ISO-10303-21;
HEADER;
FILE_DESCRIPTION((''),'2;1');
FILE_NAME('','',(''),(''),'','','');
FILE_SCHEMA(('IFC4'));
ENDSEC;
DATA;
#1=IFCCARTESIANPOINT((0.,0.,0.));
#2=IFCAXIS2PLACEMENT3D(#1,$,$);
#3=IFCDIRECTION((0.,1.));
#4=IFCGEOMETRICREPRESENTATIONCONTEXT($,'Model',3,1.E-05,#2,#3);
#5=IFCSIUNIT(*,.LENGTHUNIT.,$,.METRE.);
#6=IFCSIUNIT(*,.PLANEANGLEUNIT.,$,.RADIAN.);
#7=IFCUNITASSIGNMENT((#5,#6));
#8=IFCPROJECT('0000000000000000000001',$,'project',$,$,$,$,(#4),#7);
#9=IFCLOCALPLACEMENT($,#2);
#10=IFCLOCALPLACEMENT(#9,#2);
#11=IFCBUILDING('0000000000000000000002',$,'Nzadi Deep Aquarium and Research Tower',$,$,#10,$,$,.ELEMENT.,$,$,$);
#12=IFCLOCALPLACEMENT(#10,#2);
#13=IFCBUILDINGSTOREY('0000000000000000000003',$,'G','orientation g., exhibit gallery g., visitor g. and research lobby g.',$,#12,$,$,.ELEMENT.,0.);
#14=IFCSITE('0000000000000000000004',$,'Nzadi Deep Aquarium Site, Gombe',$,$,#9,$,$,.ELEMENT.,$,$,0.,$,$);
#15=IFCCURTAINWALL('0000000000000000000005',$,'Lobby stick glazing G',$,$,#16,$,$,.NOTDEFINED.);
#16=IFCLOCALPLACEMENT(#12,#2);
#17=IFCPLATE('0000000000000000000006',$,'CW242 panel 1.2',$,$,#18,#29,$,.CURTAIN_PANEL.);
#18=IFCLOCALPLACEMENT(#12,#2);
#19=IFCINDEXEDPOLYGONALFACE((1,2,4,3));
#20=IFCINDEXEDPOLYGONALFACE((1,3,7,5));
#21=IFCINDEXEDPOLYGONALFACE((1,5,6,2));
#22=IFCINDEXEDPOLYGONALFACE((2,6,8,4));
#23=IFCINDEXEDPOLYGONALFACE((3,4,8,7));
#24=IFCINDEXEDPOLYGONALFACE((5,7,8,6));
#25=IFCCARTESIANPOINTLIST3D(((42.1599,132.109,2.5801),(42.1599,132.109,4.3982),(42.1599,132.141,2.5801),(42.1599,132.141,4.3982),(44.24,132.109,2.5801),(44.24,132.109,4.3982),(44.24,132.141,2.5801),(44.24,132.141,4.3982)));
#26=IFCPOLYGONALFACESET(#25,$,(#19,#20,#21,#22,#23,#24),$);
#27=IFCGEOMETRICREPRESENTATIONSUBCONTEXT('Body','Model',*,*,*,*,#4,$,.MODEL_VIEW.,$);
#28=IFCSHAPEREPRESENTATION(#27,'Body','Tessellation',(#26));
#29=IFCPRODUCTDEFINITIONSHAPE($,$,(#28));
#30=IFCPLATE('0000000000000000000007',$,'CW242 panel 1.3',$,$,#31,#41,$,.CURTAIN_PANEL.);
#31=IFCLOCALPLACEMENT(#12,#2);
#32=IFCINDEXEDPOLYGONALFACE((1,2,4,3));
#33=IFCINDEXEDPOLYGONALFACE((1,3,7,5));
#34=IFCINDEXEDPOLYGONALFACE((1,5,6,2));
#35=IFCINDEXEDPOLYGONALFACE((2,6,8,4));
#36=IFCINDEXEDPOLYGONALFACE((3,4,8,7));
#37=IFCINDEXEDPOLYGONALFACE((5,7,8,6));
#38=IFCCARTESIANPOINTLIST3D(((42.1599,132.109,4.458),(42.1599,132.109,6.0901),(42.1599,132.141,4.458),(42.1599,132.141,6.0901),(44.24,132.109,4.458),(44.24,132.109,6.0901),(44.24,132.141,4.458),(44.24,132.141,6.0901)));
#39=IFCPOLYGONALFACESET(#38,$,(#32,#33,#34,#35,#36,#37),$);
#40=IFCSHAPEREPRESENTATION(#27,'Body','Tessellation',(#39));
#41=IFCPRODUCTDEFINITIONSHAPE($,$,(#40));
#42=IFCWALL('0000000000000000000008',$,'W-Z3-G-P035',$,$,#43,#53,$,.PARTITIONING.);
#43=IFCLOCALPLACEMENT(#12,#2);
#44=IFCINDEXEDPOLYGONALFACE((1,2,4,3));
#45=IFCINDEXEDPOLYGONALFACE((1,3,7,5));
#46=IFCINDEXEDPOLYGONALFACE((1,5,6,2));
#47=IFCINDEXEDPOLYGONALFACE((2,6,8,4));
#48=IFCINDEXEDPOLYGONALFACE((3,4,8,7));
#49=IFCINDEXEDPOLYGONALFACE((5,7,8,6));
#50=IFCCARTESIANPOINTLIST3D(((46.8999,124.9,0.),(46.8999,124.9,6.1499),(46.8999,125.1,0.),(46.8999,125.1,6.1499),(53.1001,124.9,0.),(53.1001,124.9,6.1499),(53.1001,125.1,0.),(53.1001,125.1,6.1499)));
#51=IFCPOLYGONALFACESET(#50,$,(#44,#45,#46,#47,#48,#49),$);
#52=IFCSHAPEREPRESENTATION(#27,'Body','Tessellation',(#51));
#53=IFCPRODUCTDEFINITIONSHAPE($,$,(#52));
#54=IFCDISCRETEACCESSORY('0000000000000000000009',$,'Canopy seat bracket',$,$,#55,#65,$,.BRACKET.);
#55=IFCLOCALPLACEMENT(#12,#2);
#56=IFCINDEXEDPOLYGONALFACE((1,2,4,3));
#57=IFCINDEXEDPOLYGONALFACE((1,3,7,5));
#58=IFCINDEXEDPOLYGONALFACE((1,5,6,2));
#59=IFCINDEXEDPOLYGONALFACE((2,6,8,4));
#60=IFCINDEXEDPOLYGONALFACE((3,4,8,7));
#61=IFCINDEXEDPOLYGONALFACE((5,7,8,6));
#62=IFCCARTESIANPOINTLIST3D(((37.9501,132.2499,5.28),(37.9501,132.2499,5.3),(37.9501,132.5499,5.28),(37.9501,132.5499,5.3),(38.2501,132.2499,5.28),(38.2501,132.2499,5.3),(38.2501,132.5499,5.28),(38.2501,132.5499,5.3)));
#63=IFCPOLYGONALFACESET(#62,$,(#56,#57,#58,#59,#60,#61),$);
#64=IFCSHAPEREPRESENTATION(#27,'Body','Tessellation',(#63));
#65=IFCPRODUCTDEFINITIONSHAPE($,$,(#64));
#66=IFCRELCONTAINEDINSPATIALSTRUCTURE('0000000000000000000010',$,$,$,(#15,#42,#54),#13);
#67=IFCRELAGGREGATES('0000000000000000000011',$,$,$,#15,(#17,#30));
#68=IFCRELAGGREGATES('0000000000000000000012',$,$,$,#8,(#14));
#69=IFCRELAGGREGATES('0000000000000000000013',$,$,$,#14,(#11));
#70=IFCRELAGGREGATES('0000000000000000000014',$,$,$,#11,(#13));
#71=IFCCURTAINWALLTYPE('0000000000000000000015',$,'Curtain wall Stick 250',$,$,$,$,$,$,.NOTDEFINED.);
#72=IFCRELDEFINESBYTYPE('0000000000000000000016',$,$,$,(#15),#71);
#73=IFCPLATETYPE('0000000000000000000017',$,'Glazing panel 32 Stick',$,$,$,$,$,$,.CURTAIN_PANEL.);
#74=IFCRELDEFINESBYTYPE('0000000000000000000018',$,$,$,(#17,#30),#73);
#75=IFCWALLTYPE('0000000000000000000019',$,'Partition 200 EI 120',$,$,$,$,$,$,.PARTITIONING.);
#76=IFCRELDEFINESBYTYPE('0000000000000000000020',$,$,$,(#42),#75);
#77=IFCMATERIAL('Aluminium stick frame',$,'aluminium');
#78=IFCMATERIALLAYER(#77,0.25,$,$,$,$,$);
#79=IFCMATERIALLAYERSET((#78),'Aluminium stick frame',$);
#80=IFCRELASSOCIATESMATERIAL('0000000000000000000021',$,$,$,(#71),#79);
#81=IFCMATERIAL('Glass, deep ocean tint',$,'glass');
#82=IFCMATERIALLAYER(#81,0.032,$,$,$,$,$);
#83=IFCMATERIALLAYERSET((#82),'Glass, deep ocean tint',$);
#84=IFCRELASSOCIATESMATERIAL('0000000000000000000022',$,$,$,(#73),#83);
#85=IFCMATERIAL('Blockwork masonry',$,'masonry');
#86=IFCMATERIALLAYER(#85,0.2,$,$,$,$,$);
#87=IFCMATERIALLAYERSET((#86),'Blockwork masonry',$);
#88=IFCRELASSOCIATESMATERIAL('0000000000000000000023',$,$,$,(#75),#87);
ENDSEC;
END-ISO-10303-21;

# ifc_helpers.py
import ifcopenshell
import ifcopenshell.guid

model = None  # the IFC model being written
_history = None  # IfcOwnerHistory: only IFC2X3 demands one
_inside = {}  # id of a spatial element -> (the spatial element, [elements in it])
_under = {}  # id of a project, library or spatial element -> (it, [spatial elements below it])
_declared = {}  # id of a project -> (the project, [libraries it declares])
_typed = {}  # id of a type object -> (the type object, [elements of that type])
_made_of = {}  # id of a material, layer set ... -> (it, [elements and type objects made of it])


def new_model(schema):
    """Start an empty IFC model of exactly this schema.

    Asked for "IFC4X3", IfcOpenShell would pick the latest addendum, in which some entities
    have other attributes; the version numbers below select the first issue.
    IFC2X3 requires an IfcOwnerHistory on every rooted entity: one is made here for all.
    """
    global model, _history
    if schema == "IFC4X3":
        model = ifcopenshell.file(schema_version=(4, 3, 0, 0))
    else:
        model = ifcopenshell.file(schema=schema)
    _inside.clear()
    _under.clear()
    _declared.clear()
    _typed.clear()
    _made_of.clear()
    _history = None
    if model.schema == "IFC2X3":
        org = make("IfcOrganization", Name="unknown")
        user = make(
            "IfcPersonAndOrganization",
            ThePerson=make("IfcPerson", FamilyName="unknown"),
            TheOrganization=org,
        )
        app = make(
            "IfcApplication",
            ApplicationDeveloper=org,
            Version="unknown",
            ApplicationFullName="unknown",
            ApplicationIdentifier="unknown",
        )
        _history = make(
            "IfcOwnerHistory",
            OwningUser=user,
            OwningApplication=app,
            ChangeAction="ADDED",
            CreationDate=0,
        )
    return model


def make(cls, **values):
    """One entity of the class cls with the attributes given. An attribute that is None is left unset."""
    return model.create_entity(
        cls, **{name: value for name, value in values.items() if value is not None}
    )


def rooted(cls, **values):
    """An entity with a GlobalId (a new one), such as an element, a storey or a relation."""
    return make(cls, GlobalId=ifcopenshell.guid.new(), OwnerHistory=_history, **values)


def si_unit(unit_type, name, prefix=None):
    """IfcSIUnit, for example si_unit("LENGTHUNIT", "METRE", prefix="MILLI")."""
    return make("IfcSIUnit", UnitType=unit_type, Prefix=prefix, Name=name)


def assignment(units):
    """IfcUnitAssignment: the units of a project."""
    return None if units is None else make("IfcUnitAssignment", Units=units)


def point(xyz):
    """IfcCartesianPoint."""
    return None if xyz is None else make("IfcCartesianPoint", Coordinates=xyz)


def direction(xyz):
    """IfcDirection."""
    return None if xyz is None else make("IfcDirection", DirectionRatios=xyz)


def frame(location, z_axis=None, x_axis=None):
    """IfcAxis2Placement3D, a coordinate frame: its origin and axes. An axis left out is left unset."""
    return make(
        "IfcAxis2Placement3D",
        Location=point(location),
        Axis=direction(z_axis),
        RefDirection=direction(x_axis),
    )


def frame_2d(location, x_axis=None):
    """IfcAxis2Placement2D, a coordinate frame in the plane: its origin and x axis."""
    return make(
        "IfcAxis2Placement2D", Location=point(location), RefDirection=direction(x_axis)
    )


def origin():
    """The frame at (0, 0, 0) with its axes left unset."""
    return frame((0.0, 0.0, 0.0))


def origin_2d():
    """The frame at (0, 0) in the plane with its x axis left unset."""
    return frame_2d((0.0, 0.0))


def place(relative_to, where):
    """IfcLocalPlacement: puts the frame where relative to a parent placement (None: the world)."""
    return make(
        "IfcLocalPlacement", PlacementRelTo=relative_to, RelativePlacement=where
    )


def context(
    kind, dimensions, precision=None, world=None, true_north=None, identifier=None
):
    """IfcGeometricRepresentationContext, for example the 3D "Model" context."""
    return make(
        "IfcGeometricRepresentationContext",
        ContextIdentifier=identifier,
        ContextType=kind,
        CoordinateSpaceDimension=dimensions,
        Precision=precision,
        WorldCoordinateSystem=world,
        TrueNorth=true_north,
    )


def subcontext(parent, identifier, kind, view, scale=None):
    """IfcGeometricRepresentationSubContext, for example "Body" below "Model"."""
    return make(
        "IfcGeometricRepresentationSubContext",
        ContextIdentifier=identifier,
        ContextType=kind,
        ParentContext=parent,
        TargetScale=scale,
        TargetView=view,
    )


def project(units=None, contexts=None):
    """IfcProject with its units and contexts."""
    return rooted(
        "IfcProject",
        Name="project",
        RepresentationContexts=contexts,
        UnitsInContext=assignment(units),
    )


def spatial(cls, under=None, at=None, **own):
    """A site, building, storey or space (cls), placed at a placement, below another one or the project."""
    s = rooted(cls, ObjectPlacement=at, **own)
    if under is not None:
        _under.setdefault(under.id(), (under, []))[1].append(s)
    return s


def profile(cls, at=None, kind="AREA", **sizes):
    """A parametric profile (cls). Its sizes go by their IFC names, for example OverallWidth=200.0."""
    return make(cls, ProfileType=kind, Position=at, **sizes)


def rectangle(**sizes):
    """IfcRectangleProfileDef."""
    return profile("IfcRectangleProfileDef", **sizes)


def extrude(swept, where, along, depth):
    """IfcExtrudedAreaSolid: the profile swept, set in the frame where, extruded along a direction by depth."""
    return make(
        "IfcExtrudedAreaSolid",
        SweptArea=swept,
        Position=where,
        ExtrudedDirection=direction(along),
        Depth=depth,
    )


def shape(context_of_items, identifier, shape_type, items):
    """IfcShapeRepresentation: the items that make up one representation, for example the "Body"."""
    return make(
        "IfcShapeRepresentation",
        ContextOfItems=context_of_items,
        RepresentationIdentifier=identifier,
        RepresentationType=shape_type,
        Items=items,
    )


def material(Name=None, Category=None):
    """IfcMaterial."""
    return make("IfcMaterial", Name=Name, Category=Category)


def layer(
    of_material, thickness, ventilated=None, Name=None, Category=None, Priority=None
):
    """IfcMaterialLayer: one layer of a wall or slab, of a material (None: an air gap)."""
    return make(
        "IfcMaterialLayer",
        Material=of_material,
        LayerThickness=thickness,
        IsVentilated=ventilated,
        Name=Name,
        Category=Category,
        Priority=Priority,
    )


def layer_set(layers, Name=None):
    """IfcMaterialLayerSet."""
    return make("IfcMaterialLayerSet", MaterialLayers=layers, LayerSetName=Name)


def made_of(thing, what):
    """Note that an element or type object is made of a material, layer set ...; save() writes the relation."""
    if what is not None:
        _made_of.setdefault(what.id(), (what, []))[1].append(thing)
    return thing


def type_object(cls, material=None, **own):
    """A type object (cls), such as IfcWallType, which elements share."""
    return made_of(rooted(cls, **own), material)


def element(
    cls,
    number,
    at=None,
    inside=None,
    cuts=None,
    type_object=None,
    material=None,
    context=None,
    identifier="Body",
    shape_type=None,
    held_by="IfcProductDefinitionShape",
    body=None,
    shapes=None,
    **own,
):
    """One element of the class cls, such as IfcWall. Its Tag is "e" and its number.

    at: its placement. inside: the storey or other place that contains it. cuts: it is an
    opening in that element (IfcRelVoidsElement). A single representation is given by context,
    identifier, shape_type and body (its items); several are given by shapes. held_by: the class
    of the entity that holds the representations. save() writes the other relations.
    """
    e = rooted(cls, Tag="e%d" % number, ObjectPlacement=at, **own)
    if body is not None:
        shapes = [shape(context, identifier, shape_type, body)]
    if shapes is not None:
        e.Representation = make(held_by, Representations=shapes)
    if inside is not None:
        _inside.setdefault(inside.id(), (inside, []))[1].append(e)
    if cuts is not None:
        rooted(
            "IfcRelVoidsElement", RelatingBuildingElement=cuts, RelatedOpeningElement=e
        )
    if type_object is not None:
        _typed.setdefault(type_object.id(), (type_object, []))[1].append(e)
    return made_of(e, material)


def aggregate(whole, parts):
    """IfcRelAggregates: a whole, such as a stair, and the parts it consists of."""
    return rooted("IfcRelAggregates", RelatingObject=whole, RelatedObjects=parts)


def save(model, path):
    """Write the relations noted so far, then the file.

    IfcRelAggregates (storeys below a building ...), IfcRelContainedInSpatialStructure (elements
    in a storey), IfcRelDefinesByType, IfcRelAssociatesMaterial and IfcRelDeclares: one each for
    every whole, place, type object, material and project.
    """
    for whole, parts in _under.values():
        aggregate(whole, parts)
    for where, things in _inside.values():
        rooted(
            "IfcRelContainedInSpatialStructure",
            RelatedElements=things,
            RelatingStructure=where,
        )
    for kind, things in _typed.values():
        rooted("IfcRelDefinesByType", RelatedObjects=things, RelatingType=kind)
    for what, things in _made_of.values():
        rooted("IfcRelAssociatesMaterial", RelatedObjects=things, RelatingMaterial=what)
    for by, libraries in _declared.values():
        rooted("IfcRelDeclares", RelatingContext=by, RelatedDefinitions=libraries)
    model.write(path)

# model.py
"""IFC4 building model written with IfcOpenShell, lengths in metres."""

from ifc_helpers import new_model, si_unit, direction, frame, frame_2d, origin, origin_2d, place, context, subcontext, project, spatial, rectangle, extrude, material, layer, layer_set, type_object, element, aggregate, save


model = new_model("IFC4")

# Units and contexts
model_context = context("Model", 3, precision=1e-05, world=origin(), true_north=direction((0.0, 1.0)))
body_context = subcontext(model_context, "Body", "Model", "MODEL_VIEW")
ifc_project = project(units=[si_unit("LENGTHUNIT", "METRE"), si_unit("PLANEANGLEUNIT", "RADIAN")], contexts=[model_context])

# Site, building, storey
site_placement = place(None, origin())
site = spatial("IfcSite", under=ifc_project, at=site_placement, Name="Nzadi Deep Aquarium Site, Gombe", CompositionType="ELEMENT", RefElevation=0.0)
building_placement = place(site_placement, origin())
building = spatial("IfcBuilding", under=site, at=building_placement, Name="Nzadi Deep Aquarium and Research Tower", CompositionType="ELEMENT")
storey_placement = place(building_placement, origin())
storey = spatial("IfcBuildingStorey", under=building, at=storey_placement, Name="G", Description="orientation g., exhibit gallery g., visitor g. and research lobby g.", CompositionType="ELEMENT", Elevation=0.0)

# Curtain wall
ifc_material_1 = material(Name="Aluminium stick frame", Category="aluminium")
ifc_layer_1 = layer(ifc_material_1, 0.25)
ifc_layer_set_1 = layer_set([ifc_layer_1], Name="Aluminium stick frame")
curtain_wall_type = type_object("IfcCurtainWallType", Name="Curtain wall Stick 250", PredefinedType="NOTDEFINED", material=ifc_layer_set_1)
curtain_wall_1_placement = place(storey_placement, origin())
curtain_wall_1 = element("IfcCurtainWall", 1, at=curtain_wall_1_placement, inside=storey, type_object=curtain_wall_type, Name="Lobby stick glazing G", PredefinedType="NOTDEFINED")

# Plates
ifc_material_2 = material(Name="Glass, deep ocean tint", Category="glass")
ifc_layer_2 = layer(ifc_material_2, 0.032)
ifc_layer_set_2 = layer_set([ifc_layer_2], Name="Glass, deep ocean tint")
plate_type = type_object("IfcPlateType", Name="Glazing panel 32 Stick", PredefinedType="CURTAIN_PANEL", material=ifc_layer_set_2)
plate_1_placement = place(storey_placement, frame((43.2, 132.125, 2.5801), z_axis=(0.0, 0.0, 1.0), x_axis=(1.0, 0.0, 0.0)))
plate_1 = element("IfcPlate", 2, at=plate_1_placement, type_object=plate_type, Name="CW242 panel 1.2", PredefinedType="CURTAIN_PANEL", context=body_context, shape_type="SweptSolid", body=[
    extrude(rectangle(XDim=2.0801, YDim=0.032, at=origin_2d()), origin(), (0.0, 0.0, 1.0), 1.8181),
])
plate_2_placement = place(storey_placement, frame((43.2, 132.125, 4.458), z_axis=(0.0, 0.0, 1.0), x_axis=(1.0, 0.0, 0.0)))
plate_2 = element("IfcPlate", 3, at=plate_2_placement, type_object=plate_type, Name="CW242 panel 1.3", PredefinedType="CURTAIN_PANEL", context=body_context, shape_type="SweptSolid", body=[
    extrude(rectangle(XDim=2.0801, YDim=0.032, at=origin_2d()), origin(), (0.0, 0.0, 1.0), 1.6321),
])
aggregate(curtain_wall_1, [plate_1, plate_2])

# Wall
ifc_material_3 = material(Name="Blockwork masonry", Category="masonry")
ifc_layer_3 = layer(ifc_material_3, 0.2)
ifc_layer_set_3 = layer_set([ifc_layer_3], Name="Blockwork masonry")
wall_type_1 = type_object("IfcWallType", Name="Partition 200 EI 120", PredefinedType="PARTITIONING", material=ifc_layer_set_3)
wall_1_placement = place(storey_placement, frame((46.8999, 125.0, 0.0), z_axis=(0.0, 0.0, 1.0), x_axis=(1.0, 0.0, 0.0)))
element("IfcWall", 4, at=wall_1_placement, inside=storey, type_object=wall_type_1, Name="W-Z3-G-P035", PredefinedType="PARTITIONING", context=body_context, shape_type="SweptSolid", body=[
    extrude(rectangle(XDim=6.2002, YDim=0.2, at=frame_2d((3.1001, 0.0))), origin(), (0.0, 0.0, 1.0), 6.1499),
])

# Discrete accessory
discrete_accessory_placement = place(storey_placement, frame((38.1001, 132.3999, 5.28), z_axis=(0.0, 0.0, 1.0), x_axis=(1.0, 0.0, 0.0)))
element("IfcDiscreteAccessory", 5, at=discrete_accessory_placement, inside=storey, Name="Canopy seat bracket", PredefinedType="BRACKET", context=body_context, shape_type="SweptSolid", body=[
    extrude(rectangle(XDim=0.3, YDim=0.3, at=origin_2d()), origin(), (0.0, 0.0, 1.0), 0.02),
])

save(model, "model.ifc")
